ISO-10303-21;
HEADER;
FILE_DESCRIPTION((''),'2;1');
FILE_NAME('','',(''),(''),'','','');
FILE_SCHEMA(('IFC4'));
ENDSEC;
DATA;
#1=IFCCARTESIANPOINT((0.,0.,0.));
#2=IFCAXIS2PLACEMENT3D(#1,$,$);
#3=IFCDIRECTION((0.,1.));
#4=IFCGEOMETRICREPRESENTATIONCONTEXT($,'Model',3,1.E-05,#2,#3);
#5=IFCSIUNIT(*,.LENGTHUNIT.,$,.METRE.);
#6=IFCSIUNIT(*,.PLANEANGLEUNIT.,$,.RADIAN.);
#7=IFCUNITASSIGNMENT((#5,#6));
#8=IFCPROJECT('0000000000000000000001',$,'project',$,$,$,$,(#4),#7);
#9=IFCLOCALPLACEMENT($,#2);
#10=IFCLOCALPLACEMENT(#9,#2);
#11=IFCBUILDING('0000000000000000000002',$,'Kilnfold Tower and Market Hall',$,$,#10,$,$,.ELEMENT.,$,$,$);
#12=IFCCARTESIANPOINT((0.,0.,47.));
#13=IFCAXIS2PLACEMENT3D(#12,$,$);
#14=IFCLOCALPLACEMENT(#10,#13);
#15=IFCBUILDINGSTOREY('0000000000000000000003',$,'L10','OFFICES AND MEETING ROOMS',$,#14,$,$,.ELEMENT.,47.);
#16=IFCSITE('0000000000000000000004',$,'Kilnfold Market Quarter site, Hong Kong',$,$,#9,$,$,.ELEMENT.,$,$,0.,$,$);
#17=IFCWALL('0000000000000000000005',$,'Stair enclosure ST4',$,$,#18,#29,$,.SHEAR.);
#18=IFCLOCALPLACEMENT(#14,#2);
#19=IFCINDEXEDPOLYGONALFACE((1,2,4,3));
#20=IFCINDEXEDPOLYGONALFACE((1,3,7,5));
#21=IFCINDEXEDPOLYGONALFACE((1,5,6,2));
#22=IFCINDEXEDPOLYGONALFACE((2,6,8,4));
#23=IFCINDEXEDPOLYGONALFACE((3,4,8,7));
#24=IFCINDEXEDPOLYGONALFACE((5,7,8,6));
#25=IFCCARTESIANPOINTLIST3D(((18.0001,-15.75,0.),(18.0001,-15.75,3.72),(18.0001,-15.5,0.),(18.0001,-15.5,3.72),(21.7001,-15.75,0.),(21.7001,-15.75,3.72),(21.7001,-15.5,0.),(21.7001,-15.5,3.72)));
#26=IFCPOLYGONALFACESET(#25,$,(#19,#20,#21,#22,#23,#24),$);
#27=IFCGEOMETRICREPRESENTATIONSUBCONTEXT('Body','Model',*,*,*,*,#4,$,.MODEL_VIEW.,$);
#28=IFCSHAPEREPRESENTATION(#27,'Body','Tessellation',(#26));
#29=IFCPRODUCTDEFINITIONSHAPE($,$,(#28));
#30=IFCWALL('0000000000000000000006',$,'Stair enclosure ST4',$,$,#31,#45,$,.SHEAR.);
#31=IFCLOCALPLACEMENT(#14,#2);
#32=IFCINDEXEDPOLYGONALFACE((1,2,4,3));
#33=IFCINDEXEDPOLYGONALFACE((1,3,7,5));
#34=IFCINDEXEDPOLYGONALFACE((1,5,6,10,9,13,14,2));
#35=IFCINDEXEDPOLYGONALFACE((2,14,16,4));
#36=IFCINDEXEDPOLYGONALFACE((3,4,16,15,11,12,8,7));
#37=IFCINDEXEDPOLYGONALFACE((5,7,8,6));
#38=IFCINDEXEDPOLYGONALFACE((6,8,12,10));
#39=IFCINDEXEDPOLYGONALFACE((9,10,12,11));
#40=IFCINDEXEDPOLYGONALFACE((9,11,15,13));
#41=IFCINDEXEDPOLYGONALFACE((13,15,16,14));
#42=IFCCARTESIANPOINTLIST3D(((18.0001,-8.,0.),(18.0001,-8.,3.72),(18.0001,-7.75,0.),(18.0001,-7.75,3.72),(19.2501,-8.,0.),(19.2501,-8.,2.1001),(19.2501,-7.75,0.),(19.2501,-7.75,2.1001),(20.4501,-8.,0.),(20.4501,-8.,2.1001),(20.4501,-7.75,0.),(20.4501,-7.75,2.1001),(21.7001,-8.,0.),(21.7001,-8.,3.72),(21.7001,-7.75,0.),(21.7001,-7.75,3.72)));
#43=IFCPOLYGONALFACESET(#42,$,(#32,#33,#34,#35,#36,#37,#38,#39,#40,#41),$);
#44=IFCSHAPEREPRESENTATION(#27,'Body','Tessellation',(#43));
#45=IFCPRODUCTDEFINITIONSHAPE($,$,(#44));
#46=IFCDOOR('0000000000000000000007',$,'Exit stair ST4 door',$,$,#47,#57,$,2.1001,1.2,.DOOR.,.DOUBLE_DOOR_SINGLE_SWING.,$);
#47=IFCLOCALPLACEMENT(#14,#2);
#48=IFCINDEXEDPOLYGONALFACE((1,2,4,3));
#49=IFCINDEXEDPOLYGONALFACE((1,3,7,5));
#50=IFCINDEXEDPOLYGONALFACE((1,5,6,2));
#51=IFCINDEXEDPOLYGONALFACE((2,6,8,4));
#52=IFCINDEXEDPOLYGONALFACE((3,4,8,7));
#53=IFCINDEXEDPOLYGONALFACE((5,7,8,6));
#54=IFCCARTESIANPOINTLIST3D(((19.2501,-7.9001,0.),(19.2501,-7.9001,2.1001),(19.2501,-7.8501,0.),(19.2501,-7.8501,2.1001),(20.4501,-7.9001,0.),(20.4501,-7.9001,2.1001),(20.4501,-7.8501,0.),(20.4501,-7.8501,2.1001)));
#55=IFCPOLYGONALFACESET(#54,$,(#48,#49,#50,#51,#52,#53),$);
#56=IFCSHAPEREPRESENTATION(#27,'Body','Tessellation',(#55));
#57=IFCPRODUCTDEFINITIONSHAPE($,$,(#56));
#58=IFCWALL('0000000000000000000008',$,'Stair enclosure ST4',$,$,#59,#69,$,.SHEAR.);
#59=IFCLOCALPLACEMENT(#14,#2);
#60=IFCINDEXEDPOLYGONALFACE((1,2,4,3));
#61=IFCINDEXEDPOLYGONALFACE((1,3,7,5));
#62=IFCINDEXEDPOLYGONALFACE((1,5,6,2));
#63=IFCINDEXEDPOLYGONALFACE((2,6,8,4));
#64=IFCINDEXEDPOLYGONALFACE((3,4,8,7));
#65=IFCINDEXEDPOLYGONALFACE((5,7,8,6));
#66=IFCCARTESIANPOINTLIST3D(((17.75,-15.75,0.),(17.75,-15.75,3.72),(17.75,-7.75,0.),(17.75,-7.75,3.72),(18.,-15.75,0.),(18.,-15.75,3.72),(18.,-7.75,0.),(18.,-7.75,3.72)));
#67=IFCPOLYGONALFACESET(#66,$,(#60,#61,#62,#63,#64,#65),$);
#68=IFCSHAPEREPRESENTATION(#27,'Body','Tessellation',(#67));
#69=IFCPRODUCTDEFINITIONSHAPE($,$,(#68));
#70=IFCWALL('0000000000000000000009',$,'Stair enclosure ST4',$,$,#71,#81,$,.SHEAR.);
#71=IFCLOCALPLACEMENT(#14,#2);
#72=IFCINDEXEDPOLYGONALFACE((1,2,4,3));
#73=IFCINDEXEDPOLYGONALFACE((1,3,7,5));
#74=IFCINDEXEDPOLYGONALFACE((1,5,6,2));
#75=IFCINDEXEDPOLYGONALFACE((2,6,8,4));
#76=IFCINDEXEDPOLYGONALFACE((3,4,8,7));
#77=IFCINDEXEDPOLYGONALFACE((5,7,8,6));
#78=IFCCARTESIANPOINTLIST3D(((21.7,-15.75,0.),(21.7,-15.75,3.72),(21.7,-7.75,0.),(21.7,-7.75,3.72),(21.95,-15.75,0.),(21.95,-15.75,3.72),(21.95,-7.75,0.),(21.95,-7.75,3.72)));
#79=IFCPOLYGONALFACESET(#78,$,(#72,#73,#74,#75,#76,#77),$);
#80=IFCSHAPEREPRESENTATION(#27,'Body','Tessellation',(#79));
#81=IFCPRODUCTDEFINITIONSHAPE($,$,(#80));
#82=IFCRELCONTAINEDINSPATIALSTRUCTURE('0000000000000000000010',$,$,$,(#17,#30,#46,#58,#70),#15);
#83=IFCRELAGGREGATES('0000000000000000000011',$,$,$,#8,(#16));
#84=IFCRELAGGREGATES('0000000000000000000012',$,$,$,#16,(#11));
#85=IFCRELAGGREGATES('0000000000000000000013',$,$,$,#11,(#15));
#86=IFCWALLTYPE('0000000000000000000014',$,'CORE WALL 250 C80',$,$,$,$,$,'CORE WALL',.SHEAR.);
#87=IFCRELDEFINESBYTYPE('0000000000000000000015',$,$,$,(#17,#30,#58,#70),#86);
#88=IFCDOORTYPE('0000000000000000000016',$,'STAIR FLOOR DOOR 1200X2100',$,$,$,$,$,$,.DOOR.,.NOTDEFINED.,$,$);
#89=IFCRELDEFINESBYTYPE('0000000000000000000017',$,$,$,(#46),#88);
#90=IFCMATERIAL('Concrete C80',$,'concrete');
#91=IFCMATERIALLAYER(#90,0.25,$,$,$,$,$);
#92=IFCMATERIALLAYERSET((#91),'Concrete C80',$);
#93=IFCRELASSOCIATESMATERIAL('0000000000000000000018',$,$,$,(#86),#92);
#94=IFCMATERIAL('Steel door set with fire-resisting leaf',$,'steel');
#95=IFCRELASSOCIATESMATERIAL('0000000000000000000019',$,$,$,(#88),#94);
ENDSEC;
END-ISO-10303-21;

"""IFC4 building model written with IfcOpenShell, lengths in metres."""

from ifc_helpers import new_model, si_unit, direction, frame, frame_2d, origin, place, context, subcontext, project, spatial, rectangle, extrude, source, transform, mapped, material, layer, layer_set, type_object, element, fill, save


model = new_model("IFC4")

# Units and contexts
model_context = context("Model", 3, precision=1e-05, world=origin(), true_north=direction((0.0, 1.0)))
body_context = subcontext(model_context, "Body", "Model", "MODEL_VIEW")
ifc_project = project(units=[si_unit("LENGTHUNIT", "METRE"), si_unit("PLANEANGLEUNIT", "RADIAN")], contexts=[model_context])

# Site, building, storey
site_placement = place(None, origin())
site = spatial("IfcSite", under=ifc_project, at=site_placement, Name="Kilnfold Market Quarter site, Hong Kong", CompositionType="ELEMENT", RefElevation=0.0)
building_placement = place(site_placement, origin())
building = spatial("IfcBuilding", under=site, at=building_placement, Name="Kilnfold Tower and Market Hall", CompositionType="ELEMENT")
storey_placement = place(building_placement, frame((0.0, 0.0, 47.0)))
storey = spatial("IfcBuildingStorey", under=building, at=storey_placement, Name="L10", Description="OFFICES AND MEETING ROOMS", CompositionType="ELEMENT", Elevation=47.0)

# Wall
ifc_material_1 = material(Name="Concrete C80", Category="concrete")
ifc_layer_1 = layer(ifc_material_1, 0.25)
ifc_layer_set_1 = layer_set([ifc_layer_1], Name="Concrete C80")
wall_type_1 = type_object("IfcWallType", Name="CORE WALL 250 C80", ElementType="CORE WALL", PredefinedType="SHEAR", material=ifc_layer_set_1)
shared_shape_1 = source(origin(), body_context, "Body", "SweptSolid", [
    extrude(rectangle(XDim=3.7, YDim=0.25, at=frame_2d((1.8501, 0.0))), origin(), (0.0, 0.0, 1.0), 3.72),
])
wall_1_placement = place(storey_placement, frame((18.0, -15.625, 0.0), z_axis=(0.0, 0.0, 1.0), x_axis=(1.0, 0.0, 0.0)))
element("IfcWall", 1, at=wall_1_placement, inside=storey, type_object=wall_type_1, Name="Stair enclosure ST4", PredefinedType="SHEAR", context=body_context, shape_type="MappedRepresentation", body=[
    mapped(shared_shape_1, transform((0.0, 0.0, 0.0))),
])

# Wall, opening, door
wall_2_placement = place(storey_placement, frame((18.0, -7.875, 0.0), z_axis=(0.0, 0.0, 1.0), x_axis=(1.0, 0.0, 0.0)))
wall_2 = element("IfcWall", 2, at=wall_2_placement, inside=storey, type_object=wall_type_1, Name="Stair enclosure ST4", PredefinedType="SHEAR", context=body_context, shape_type="MappedRepresentation", body=[
    mapped(shared_shape_1, transform((0.0, 0.0, 0.0))),
])
opening_1_placement = place(wall_2_placement, frame((1.25, 0.0, 0.0)))
opening_1 = element("IfcOpeningElement", 3, at=opening_1_placement, cuts=wall_2, PredefinedType="OPENING", context=body_context, shape_type="SweptSolid", body=[
    extrude(rectangle(XDim=1.2, YDim=2.1001, at=frame_2d((0.6001, 1.05))), frame((0.0, 0.135, 0.0), z_axis=(0.0, -1.0, 0.0), x_axis=(1.0, 0.0, 0.0)), (0.0, 0.0, 1.0), 0.27),
])
ifc_material_2 = material(Name="Steel door set with fire-resisting leaf", Category="steel")
door_type_1 = type_object("IfcDoorType", Name="STAIR FLOOR DOOR 1200X2100", OperationType="NOTDEFINED", PredefinedType="DOOR", material=ifc_material_2)
door_1_placement = place(opening_1_placement, origin())
door_1 = element("IfcDoor", 4, at=door_1_placement, inside=storey, type_object=door_type_1, Name="Exit stair ST4 door", OperationType="DOUBLE_DOOR_SINGLE_SWING", OverallHeight=2.1001, OverallWidth=1.2, PredefinedType="DOOR", context=body_context, shape_type="SweptSolid", body=[
    extrude(rectangle(XDim=1.2, YDim=2.1001, at=frame_2d((0.6001, 1.05))), frame((0.0, 0.0249, 0.0), z_axis=(0.0, -1.0, 0.0), x_axis=(1.0, 0.0, 0.0)), (0.0, 0.0, 1.0), 0.05),
])
fill(opening_1, door_1)

# Walls
shared_shape_2 = source(origin(), body_context, "Body", "SweptSolid", [
    extrude(rectangle(XDim=8.0, YDim=0.25, at=frame_2d((4.0, 0.0))), origin(), (0.0, 0.0, 1.0), 3.72),
])
for number, where, z_axis, x_axis, name in (
    (5, (17.875, -15.75, 0.0), (0.0, 0.0, 1.0), (0.0, 1.0, 0.0), "Stair enclosure ST4"),
    (6, (21.825, -15.75, 0.0), (0.0, 0.0, 1.0), (0.0, 1.0, 0.0), "Stair enclosure ST4"),
):
    element("IfcWall", number, at=place(storey_placement, frame(where, z_axis=z_axis, x_axis=x_axis)), inside=storey, type_object=wall_type_1, Name=name, PredefinedType="SHEAR", context=body_context, shape_type="MappedRepresentation", body=[
        mapped(shared_shape_2, transform((0.0, 0.0, 0.0))),
    ])

save(model, "model.ifc")
